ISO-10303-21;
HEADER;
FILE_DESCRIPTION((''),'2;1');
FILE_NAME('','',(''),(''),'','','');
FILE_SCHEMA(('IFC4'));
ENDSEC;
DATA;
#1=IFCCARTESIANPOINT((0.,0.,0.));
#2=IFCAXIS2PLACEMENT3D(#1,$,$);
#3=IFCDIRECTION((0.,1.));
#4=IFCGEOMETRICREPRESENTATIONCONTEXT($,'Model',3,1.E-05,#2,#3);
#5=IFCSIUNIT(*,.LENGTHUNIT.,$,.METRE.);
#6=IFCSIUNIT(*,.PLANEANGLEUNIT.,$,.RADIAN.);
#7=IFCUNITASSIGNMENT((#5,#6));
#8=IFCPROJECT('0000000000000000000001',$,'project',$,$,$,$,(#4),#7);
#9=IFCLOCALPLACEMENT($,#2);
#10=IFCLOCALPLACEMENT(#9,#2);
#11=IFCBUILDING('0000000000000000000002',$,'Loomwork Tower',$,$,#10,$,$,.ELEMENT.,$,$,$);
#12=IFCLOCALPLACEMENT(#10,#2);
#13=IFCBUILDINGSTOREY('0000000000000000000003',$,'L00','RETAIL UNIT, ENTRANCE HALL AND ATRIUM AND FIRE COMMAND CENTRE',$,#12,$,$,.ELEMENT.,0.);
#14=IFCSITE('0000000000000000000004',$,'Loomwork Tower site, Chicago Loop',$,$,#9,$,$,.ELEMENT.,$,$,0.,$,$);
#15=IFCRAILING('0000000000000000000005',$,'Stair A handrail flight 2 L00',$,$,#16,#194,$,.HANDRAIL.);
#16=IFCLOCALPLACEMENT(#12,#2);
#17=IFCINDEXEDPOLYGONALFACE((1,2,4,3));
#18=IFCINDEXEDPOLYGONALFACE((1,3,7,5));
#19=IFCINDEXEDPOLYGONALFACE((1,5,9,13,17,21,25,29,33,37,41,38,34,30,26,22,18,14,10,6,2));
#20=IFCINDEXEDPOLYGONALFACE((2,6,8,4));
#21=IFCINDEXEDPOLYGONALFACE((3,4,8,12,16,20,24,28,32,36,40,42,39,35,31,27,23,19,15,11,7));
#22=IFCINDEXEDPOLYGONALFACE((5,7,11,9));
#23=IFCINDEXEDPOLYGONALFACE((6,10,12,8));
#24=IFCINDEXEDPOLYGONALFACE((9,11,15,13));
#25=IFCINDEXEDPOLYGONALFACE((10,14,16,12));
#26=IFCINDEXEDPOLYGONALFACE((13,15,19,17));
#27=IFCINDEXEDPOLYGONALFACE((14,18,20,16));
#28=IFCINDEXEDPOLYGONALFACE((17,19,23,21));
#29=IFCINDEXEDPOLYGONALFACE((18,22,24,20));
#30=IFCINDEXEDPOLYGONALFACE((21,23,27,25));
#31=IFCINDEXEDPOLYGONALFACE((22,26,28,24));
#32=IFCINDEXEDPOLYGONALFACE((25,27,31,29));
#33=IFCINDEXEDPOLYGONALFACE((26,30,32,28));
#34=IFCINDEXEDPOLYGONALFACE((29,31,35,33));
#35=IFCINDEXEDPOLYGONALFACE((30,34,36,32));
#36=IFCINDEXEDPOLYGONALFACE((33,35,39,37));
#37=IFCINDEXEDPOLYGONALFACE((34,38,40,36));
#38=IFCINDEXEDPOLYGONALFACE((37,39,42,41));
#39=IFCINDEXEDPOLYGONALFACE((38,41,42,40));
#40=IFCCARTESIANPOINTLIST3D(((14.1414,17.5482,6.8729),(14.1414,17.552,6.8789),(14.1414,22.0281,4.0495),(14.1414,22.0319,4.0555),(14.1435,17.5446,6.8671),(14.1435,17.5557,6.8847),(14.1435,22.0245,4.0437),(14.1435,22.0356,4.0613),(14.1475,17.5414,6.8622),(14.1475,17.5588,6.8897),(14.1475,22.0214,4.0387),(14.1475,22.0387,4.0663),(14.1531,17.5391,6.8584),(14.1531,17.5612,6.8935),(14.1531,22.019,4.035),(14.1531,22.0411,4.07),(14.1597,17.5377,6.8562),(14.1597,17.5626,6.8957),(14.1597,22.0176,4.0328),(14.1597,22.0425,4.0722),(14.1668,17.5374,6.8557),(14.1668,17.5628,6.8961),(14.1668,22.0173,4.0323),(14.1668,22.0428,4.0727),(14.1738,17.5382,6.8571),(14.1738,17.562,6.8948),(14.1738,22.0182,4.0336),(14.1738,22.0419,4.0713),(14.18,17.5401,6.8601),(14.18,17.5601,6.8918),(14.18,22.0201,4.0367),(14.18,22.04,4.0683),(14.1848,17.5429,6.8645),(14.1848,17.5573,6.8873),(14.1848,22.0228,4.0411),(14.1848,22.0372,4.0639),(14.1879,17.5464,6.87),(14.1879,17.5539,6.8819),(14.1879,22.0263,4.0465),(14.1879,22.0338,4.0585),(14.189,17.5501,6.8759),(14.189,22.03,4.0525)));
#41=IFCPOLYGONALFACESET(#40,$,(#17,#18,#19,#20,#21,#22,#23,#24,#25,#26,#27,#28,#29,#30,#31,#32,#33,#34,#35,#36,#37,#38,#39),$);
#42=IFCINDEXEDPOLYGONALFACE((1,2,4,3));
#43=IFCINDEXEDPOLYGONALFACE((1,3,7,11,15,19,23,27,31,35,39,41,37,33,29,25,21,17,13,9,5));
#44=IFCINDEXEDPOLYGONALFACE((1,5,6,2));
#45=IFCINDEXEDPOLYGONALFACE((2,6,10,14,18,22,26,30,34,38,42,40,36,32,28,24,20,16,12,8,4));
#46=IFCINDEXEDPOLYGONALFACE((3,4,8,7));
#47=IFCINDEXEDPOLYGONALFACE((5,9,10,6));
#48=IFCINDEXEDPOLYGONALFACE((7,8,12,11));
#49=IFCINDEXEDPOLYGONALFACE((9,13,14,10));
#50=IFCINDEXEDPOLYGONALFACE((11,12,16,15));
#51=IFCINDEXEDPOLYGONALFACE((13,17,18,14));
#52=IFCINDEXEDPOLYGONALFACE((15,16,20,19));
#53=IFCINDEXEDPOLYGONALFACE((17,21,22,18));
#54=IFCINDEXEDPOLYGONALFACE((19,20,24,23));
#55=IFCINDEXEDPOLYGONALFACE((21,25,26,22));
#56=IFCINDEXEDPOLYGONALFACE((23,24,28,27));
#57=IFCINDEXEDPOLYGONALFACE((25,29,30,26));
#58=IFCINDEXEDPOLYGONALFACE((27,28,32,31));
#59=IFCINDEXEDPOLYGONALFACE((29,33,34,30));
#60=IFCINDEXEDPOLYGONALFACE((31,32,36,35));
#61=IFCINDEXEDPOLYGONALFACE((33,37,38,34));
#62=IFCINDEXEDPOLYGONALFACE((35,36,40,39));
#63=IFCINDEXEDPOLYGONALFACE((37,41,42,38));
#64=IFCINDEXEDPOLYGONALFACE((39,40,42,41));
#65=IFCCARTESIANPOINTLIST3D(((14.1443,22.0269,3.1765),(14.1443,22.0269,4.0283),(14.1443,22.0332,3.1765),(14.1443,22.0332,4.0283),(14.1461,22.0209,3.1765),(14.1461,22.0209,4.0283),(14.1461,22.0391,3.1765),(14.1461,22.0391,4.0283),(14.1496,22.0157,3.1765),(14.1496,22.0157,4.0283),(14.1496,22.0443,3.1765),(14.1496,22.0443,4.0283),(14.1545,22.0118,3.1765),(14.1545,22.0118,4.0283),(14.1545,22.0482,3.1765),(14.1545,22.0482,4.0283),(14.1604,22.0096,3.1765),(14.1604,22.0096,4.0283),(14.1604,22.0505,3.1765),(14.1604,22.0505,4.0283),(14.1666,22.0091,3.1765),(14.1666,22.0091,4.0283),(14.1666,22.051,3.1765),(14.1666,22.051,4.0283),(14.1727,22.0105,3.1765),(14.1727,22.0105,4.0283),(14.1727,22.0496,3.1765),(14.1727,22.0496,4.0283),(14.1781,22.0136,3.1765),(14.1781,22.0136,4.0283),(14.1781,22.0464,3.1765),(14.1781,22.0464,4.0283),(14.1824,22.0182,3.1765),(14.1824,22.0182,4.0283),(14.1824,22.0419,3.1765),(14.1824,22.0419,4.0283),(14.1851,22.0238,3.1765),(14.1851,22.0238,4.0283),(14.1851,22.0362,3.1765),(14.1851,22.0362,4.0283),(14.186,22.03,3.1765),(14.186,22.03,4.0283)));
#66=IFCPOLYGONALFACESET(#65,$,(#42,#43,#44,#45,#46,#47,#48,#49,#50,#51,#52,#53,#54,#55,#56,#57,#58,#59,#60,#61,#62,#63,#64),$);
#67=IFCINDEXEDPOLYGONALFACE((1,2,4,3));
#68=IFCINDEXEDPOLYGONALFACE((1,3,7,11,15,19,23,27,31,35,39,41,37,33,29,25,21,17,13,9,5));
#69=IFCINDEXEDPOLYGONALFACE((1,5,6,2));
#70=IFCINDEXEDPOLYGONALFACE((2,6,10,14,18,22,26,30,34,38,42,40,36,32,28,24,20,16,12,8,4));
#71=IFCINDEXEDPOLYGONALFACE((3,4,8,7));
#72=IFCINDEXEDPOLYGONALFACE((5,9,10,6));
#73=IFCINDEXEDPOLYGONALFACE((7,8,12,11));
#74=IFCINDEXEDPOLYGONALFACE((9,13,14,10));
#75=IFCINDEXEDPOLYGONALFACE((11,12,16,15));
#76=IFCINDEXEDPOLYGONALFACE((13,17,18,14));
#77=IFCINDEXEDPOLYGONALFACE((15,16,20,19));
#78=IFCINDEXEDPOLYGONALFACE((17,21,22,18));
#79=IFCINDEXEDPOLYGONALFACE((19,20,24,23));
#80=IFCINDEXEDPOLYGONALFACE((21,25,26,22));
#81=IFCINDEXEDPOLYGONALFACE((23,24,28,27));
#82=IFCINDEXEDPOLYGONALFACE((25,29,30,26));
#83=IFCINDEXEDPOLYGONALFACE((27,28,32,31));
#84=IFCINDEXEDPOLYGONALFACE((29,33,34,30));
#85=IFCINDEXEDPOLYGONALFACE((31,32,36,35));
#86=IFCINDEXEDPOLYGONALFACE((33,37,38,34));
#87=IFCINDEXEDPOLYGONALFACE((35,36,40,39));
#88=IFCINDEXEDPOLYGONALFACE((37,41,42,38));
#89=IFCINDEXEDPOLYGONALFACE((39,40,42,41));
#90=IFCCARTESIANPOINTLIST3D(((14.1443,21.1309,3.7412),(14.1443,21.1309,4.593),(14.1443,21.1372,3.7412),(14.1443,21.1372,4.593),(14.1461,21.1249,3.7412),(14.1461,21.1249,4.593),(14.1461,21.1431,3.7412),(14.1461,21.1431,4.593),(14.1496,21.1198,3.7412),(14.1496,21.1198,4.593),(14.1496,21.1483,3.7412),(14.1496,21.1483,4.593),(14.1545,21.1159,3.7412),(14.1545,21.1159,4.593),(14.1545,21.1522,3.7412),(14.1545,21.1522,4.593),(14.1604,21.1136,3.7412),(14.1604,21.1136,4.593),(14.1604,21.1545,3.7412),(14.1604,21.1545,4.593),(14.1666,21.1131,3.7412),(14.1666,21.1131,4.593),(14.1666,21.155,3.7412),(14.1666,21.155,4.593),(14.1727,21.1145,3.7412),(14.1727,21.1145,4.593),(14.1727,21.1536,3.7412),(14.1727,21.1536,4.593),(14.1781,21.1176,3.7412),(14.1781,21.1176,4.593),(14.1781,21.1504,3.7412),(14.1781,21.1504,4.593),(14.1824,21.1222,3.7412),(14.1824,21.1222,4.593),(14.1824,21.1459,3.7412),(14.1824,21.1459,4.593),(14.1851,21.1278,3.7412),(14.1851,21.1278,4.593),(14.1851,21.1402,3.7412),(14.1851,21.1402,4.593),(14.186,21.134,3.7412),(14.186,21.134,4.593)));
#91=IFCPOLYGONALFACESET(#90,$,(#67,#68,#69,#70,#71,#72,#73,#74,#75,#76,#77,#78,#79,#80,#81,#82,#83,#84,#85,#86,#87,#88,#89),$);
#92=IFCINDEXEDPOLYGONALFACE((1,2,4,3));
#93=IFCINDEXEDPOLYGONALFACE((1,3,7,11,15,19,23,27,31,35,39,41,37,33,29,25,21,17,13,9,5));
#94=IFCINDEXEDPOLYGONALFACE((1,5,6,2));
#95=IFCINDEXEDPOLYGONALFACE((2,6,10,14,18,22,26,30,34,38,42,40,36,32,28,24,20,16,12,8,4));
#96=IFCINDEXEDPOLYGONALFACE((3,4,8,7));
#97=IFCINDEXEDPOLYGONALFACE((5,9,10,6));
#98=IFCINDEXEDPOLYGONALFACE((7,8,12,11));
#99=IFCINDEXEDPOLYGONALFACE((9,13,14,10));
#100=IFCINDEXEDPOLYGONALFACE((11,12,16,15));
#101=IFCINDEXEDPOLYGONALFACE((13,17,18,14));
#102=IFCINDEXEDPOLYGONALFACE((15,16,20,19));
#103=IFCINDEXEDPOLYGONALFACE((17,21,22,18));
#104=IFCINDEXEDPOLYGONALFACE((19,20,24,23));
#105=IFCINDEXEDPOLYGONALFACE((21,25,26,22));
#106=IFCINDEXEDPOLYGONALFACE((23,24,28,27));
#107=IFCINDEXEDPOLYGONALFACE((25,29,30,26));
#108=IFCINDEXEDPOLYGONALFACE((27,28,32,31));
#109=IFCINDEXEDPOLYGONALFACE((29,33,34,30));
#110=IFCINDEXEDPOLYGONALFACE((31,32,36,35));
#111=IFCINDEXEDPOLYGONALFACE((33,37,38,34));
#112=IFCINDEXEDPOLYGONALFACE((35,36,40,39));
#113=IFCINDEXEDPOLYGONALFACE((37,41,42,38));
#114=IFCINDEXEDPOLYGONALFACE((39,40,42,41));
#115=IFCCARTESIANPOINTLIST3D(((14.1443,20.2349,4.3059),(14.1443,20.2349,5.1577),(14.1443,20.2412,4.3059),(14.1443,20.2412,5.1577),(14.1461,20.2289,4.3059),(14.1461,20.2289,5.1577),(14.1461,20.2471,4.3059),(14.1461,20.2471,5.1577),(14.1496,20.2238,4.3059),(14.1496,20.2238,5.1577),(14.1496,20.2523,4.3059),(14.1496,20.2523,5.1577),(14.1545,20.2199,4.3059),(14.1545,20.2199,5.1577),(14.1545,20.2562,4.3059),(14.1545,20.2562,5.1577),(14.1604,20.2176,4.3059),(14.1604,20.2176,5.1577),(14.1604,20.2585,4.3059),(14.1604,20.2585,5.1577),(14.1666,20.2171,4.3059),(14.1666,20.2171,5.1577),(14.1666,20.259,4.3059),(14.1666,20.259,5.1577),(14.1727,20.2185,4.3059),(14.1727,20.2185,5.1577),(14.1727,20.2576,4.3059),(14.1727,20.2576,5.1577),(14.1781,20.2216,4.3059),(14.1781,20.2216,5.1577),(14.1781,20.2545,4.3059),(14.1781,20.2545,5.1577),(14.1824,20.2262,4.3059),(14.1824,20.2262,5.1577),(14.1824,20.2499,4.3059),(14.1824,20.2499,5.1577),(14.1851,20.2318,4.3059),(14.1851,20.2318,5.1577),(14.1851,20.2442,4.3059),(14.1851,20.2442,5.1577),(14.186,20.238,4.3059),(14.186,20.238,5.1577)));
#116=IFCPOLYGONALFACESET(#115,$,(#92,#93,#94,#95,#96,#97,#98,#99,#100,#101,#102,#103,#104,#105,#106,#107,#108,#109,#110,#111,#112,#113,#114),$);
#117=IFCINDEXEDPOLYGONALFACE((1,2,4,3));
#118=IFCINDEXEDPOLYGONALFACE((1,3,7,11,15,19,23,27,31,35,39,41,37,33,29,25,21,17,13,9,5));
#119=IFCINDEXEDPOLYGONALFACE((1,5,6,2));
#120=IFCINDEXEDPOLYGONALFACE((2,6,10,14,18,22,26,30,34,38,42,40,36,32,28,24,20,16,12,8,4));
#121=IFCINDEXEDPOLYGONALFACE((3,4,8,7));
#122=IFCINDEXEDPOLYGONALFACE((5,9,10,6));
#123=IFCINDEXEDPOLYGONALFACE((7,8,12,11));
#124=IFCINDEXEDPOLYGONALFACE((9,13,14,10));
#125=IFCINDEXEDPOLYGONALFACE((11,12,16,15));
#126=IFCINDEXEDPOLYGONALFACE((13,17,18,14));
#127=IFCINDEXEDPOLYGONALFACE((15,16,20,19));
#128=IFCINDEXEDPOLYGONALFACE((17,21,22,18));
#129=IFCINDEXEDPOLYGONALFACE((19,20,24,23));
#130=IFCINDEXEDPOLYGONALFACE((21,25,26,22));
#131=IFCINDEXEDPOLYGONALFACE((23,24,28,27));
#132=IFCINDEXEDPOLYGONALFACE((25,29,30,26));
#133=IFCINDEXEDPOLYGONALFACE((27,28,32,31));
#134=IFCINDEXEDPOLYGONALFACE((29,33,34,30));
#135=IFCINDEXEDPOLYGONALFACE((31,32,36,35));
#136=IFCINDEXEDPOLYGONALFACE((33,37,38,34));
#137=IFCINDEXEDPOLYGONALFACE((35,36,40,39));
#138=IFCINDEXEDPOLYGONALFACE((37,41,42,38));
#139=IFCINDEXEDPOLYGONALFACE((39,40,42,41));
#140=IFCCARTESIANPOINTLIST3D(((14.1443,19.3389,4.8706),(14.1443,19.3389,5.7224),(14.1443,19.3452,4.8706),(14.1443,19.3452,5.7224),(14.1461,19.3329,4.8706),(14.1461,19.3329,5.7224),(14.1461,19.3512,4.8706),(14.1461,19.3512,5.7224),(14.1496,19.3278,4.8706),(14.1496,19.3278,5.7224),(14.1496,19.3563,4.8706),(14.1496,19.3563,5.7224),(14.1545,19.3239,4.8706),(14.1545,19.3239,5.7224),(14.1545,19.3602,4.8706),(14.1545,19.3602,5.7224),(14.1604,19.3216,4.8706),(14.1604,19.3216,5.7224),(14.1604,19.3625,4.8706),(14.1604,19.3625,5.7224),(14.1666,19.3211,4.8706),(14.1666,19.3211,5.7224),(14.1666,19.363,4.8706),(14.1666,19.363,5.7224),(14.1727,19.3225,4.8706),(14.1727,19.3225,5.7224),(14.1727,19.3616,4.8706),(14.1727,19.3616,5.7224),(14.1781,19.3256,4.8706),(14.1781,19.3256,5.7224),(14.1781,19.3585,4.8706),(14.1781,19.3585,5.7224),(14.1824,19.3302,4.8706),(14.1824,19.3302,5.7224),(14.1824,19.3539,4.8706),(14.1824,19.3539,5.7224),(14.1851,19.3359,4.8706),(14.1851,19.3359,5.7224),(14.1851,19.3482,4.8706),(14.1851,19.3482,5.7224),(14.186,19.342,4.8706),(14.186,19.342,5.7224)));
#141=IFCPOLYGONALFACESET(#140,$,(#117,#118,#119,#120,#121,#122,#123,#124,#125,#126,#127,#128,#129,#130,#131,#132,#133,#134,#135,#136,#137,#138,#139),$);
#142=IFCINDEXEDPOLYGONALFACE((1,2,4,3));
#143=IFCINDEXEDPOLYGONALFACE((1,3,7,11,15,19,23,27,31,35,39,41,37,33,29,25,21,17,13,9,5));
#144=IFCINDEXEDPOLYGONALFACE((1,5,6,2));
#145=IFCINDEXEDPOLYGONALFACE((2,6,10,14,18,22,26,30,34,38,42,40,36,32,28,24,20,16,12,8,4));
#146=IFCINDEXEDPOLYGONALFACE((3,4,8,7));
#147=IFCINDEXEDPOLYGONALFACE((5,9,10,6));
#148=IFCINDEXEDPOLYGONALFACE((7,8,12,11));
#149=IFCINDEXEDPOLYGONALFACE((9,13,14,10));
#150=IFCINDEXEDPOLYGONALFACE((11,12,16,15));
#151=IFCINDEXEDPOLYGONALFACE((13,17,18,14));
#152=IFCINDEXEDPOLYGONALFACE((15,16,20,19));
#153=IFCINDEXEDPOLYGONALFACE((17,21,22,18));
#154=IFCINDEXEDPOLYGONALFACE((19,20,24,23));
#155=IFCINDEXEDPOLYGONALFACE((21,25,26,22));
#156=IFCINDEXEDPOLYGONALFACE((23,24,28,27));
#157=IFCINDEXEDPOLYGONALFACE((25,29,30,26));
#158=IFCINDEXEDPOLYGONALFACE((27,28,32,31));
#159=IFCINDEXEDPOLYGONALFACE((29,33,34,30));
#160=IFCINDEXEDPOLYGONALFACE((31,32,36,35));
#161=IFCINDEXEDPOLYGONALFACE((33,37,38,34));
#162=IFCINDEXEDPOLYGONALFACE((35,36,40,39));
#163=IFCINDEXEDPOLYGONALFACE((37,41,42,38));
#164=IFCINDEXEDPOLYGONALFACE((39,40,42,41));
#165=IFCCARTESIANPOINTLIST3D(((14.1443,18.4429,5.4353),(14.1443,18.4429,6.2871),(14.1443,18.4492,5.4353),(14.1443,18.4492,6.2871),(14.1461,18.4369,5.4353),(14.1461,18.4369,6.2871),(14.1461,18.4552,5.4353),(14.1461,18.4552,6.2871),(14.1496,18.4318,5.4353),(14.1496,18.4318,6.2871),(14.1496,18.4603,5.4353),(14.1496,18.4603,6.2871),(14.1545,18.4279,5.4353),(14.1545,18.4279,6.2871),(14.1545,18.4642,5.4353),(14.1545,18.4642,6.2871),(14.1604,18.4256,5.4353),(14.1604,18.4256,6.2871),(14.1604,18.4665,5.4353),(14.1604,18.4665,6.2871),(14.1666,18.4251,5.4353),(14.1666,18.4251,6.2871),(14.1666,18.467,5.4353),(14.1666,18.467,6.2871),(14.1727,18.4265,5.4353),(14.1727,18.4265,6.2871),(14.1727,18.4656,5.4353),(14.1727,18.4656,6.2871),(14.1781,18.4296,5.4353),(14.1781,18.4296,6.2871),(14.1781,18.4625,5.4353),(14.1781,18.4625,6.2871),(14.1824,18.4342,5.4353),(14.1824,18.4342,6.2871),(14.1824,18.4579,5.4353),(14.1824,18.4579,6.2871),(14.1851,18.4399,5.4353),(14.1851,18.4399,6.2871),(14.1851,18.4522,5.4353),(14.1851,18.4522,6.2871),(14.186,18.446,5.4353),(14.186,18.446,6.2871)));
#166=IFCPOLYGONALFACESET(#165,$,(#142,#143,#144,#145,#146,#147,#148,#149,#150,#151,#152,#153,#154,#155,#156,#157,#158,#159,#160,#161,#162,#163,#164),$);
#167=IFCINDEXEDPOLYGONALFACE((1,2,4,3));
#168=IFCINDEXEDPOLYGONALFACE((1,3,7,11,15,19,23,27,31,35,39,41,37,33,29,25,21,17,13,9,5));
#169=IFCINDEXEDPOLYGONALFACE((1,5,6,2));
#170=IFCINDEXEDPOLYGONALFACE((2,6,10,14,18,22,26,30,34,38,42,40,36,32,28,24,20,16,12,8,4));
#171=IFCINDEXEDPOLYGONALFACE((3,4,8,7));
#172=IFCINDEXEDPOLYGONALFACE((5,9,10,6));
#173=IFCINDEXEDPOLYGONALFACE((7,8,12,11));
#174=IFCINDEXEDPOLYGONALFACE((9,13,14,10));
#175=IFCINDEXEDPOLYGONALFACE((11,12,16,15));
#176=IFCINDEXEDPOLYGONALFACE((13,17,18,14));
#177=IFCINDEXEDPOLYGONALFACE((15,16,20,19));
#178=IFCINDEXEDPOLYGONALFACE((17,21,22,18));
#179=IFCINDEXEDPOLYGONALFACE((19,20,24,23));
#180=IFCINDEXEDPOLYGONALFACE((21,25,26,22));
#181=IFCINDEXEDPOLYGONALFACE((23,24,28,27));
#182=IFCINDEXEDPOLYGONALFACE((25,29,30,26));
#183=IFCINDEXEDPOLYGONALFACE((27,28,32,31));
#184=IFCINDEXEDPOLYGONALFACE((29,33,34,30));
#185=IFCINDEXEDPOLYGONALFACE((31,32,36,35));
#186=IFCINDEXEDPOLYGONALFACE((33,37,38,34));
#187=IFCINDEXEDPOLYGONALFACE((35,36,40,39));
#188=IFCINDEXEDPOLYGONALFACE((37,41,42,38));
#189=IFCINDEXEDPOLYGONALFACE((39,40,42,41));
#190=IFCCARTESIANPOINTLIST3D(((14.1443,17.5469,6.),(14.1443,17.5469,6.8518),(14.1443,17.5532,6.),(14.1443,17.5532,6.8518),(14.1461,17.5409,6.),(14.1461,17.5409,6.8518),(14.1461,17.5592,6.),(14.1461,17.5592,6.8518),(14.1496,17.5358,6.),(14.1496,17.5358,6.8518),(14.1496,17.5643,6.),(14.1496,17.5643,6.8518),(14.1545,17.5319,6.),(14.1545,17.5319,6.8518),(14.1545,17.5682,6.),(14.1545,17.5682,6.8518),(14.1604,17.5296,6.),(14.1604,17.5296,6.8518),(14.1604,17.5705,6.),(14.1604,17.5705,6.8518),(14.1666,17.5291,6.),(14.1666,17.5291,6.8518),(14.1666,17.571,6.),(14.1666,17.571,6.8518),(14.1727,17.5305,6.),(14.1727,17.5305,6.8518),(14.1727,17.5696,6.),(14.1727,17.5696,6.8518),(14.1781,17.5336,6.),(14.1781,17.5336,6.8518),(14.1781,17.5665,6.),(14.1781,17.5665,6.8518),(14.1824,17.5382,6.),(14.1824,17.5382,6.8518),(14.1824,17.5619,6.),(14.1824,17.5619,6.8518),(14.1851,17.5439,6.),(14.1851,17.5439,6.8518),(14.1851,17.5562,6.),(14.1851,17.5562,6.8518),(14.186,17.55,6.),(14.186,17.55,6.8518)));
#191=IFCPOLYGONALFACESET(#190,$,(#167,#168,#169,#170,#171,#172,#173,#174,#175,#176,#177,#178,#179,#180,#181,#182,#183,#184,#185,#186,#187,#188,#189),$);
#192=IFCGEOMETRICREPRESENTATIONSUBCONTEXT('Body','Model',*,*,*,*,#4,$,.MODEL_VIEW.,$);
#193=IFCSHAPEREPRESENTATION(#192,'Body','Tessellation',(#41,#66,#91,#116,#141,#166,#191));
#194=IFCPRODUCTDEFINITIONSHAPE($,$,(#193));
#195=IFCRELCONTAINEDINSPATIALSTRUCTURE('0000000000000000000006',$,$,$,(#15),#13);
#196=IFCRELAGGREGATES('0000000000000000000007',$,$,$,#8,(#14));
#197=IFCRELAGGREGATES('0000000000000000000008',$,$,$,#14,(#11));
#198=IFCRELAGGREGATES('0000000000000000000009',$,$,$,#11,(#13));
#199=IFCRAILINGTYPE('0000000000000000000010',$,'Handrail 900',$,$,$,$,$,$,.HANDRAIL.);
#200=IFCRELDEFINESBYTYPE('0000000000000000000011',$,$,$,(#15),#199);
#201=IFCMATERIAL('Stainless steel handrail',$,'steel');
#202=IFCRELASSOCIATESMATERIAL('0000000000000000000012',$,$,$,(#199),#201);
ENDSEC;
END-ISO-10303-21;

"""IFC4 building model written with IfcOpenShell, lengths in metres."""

from ifc_helpers import new_model, si_unit, direction, frame, origin, origin_2d, place, context, subcontext, project, spatial, circle, extrude, material, type_object, element, save


model = new_model("IFC4")

# Units and contexts
model_context = context("Model", 3, precision=1e-05, world=origin(), true_north=direction((0.0, 1.0)))
body_context = subcontext(model_context, "Body", "Model", "MODEL_VIEW")
ifc_project = project(units=[si_unit("LENGTHUNIT", "METRE"), si_unit("PLANEANGLEUNIT", "RADIAN")], contexts=[model_context])

# Site, building, storey
site_placement = place(None, origin())
site = spatial("IfcSite", under=ifc_project, at=site_placement, Name="Loomwork Tower site, Chicago Loop", CompositionType="ELEMENT", RefElevation=0.0)
building_placement = place(site_placement, origin())
building = spatial("IfcBuilding", under=site, at=building_placement, Name="Loomwork Tower", CompositionType="ELEMENT")
storey_placement = place(building_placement, origin())
storey = spatial("IfcBuildingStorey", under=building, at=storey_placement, Name="L00", Description="RETAIL UNIT, ENTRANCE HALL AND ATRIUM AND FIRE COMMAND CENTRE", CompositionType="ELEMENT", Elevation=0.0)

# Railing
ifc_material_1 = material(Name="Stainless steel handrail", Category="steel")
railing_type = type_object("IfcRailingType", Name="Handrail 900", PredefinedType="HANDRAIL", material=ifc_material_1)
railing_placement = place(storey_placement, frame((14.165, 22.03, 3.1765)))
element("IfcRailing", 1, at=railing_placement, inside=storey, type_object=railing_type, Name="Stair A handrail flight 2 L00", PredefinedType="HANDRAIL", context=body_context, shape_type="SweptSolid", body=[
    extrude(circle(Radius=0.0239, at=origin_2d()), frame((0.0, 0.0, 0.876), z_axis=(0.0, -0.845998, 0.533186), x_axis=(1.0, 0.0, 0.0)), (0.0, 0.0, 1.0), 5.2954),
    extrude(circle(Radius=0.021, at=origin_2d()), origin(), (0.0, 0.0, 1.0), 0.8518),
    extrude(circle(Radius=0.021, at=origin_2d()), frame((0.0, -0.896, 0.5647)), (0.0, 0.0, 1.0), 0.8518),
    extrude(circle(Radius=0.021, at=origin_2d()), frame((0.0, -1.792, 1.1294)), (0.0, 0.0, 1.0), 0.8518),
    extrude(circle(Radius=0.021, at=origin_2d()), frame((0.0, -2.688, 1.6941)), (0.0, 0.0, 1.0), 0.8518),
    extrude(circle(Radius=0.021, at=origin_2d()), frame((0.0, -3.584, 2.2588)), (0.0, 0.0, 1.0), 0.8518),
    extrude(circle(Radius=0.021, at=origin_2d()), frame((0.0, -4.48, 2.8235)), (0.0, 0.0, 1.0), 0.8518),
])

save(model, "model.ifc")
